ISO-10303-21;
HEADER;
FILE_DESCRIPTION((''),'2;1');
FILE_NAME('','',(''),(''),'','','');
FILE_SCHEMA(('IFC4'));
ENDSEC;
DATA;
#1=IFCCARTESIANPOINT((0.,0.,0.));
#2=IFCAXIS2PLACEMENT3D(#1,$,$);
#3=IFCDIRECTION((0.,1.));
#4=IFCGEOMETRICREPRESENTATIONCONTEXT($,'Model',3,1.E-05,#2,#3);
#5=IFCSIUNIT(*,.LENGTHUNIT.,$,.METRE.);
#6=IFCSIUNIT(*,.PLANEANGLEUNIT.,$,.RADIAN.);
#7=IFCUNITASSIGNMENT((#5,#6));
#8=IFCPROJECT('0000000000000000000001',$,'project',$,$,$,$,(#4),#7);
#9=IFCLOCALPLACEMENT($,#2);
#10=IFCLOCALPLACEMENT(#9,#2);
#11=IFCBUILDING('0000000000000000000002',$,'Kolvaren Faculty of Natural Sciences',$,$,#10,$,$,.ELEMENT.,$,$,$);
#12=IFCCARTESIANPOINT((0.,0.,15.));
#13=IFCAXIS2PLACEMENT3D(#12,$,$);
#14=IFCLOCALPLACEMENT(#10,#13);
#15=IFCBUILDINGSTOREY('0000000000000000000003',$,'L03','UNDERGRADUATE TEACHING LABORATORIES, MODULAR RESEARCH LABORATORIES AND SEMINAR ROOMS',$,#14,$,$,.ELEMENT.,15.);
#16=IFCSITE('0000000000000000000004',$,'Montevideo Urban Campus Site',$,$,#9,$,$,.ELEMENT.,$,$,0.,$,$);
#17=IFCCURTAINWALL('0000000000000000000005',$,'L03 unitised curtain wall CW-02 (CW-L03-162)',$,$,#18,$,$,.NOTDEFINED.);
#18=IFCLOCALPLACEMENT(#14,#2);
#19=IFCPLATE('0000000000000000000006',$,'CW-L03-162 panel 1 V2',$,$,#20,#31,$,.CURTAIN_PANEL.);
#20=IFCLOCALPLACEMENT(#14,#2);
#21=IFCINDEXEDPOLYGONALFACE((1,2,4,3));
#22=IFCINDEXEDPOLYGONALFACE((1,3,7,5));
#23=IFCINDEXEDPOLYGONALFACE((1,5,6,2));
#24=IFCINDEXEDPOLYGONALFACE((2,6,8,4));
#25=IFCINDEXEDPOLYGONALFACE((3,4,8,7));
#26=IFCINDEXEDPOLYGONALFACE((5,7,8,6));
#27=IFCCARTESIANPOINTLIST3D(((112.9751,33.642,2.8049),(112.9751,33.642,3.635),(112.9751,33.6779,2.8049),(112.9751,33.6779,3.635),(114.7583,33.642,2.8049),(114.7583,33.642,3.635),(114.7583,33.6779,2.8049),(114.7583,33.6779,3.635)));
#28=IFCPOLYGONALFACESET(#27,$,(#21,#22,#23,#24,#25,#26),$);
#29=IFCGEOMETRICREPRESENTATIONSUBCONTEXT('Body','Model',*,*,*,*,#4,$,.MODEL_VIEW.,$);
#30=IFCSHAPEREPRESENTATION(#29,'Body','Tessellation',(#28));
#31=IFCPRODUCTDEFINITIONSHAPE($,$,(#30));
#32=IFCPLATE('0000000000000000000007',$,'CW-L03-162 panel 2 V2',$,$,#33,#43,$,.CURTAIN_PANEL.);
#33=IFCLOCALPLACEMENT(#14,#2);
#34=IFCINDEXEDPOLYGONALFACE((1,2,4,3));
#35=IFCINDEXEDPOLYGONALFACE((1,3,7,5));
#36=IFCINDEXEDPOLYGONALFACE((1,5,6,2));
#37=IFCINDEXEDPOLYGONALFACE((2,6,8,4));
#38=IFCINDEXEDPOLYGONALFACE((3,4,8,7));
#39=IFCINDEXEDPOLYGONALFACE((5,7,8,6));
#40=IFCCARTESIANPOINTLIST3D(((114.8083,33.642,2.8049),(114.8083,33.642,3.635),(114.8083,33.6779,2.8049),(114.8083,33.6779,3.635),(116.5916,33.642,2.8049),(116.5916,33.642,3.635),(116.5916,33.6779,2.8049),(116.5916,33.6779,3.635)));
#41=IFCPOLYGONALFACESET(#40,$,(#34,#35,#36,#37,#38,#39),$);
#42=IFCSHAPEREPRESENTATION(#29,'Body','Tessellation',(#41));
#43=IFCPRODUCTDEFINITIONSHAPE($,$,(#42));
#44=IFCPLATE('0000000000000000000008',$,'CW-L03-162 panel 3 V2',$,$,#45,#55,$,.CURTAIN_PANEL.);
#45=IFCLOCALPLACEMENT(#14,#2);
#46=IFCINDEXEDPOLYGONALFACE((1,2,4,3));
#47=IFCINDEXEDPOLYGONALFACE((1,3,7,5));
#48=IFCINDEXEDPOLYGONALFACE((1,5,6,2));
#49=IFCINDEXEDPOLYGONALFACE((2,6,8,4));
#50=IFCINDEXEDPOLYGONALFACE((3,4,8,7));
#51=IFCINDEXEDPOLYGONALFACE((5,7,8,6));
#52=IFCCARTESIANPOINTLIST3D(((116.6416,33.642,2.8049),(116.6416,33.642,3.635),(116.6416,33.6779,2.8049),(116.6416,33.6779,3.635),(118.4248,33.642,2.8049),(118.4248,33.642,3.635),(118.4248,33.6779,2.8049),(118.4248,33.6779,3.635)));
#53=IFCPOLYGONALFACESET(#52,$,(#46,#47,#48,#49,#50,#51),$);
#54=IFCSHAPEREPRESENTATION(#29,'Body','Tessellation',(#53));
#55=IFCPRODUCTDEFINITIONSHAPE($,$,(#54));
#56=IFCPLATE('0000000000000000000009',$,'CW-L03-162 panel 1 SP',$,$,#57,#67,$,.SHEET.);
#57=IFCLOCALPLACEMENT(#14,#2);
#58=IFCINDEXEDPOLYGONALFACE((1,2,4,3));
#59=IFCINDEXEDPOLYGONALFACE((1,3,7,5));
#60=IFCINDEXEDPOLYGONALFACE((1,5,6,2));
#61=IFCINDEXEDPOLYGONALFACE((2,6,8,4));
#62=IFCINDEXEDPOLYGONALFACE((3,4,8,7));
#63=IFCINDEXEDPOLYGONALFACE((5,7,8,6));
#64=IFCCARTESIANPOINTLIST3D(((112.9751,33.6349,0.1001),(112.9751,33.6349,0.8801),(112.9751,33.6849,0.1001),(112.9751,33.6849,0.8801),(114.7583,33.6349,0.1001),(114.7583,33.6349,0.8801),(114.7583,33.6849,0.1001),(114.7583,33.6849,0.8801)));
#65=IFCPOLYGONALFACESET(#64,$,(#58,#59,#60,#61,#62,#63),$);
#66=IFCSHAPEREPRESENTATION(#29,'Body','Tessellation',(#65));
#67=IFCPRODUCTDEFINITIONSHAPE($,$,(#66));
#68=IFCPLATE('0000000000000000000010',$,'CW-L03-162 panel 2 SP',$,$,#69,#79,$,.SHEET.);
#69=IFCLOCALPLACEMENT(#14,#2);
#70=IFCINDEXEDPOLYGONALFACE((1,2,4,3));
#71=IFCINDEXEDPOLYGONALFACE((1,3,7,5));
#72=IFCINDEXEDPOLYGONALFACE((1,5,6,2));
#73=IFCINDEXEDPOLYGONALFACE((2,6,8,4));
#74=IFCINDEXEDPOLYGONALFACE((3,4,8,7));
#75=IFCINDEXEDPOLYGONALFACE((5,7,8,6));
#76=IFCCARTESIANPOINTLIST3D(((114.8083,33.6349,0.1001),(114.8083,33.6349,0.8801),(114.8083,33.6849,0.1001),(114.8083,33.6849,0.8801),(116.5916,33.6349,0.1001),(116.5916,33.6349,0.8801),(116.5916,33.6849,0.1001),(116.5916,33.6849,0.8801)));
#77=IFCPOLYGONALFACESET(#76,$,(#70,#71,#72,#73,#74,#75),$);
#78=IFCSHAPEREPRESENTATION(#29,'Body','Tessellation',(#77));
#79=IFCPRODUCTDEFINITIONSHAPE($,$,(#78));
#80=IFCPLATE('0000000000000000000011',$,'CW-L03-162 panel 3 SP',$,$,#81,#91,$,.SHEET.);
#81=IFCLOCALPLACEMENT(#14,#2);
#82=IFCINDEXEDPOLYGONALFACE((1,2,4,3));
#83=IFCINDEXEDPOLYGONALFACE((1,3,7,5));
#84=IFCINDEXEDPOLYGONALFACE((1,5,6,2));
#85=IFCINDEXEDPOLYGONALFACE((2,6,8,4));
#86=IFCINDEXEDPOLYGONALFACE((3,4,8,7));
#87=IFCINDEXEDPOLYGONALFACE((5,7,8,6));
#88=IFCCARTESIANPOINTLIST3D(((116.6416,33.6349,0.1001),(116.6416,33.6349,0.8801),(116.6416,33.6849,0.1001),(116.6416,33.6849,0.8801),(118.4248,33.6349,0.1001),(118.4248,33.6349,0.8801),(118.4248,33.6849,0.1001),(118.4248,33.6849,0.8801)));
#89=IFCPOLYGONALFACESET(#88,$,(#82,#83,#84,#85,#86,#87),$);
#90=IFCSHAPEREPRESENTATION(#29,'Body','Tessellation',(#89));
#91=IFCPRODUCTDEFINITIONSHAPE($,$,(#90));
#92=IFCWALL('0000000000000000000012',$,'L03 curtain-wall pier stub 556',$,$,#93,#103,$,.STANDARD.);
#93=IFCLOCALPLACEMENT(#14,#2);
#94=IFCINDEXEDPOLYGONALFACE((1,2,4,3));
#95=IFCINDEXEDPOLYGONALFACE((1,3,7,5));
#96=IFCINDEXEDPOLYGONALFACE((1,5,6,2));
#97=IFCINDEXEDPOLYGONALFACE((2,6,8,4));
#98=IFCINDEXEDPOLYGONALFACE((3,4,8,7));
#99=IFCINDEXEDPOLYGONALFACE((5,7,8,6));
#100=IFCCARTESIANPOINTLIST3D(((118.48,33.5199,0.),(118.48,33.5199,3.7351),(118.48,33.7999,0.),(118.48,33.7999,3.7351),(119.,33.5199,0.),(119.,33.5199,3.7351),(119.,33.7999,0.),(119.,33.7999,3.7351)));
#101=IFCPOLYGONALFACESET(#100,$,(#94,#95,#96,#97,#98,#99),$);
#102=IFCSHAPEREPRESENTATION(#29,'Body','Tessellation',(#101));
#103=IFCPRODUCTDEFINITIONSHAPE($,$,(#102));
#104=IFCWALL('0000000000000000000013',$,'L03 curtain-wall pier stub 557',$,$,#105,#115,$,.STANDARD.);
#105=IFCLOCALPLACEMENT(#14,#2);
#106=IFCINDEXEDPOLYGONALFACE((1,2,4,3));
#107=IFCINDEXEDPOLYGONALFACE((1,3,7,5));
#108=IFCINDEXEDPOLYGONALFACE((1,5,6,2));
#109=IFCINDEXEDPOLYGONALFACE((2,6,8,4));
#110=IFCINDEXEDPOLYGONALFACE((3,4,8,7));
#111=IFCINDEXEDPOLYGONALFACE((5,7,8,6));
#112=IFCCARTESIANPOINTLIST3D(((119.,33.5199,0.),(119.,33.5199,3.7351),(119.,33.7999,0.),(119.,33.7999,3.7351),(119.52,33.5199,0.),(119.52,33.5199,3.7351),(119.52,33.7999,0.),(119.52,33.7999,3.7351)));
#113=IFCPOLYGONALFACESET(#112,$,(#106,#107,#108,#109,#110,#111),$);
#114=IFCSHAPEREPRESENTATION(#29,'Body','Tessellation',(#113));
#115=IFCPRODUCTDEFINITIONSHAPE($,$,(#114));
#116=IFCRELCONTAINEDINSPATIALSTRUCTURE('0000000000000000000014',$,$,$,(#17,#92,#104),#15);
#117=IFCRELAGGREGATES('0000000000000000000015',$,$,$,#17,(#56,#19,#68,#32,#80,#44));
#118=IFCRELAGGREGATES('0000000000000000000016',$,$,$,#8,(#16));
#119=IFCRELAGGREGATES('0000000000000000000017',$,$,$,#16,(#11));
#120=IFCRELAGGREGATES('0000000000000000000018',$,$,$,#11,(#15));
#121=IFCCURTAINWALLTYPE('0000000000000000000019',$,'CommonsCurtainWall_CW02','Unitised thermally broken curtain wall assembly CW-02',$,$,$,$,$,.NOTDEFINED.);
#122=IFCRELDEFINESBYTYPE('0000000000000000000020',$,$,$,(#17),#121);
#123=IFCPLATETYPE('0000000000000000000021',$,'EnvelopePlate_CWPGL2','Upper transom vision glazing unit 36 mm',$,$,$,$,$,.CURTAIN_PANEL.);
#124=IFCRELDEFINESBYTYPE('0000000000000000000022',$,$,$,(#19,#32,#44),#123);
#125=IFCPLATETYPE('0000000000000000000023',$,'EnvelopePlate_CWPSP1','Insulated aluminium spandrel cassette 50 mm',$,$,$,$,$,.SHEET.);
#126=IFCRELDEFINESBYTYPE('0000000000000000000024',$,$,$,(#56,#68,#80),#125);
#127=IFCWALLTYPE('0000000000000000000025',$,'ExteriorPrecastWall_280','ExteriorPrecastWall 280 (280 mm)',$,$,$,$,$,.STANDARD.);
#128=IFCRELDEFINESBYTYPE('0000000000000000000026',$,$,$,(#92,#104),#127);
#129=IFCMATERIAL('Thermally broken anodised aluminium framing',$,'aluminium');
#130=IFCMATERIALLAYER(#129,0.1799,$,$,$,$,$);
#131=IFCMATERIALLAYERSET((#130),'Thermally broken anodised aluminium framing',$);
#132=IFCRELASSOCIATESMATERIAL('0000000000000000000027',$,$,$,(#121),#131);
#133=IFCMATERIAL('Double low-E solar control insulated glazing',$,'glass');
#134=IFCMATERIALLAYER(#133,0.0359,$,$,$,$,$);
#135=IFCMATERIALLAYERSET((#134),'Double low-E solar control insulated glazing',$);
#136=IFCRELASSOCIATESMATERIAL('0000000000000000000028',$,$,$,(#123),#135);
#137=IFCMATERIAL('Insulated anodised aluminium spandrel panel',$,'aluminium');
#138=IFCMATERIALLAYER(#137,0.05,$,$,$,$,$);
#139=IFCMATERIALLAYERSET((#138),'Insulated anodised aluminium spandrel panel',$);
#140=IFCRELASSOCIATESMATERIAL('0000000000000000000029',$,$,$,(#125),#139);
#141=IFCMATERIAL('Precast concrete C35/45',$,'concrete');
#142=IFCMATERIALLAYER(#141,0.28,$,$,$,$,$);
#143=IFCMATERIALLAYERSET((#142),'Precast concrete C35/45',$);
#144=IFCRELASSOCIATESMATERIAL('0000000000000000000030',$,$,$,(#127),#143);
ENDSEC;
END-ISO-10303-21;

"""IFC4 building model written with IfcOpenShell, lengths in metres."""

from ifc_helpers import new_model, si_unit, direction, frame, frame_2d, origin, origin_2d, place, context, subcontext, project, spatial, rectangle, extrude, material, layer, layer_set, type_object, element, aggregate, save


model = new_model("IFC4")

# Units and contexts
model_context = context("Model", 3, precision=1e-05, world=origin(), true_north=direction((0.0, 1.0)))
body_context = subcontext(model_context, "Body", "Model", "MODEL_VIEW")
ifc_project = project(units=[si_unit("LENGTHUNIT", "METRE"), si_unit("PLANEANGLEUNIT", "RADIAN")], contexts=[model_context])

# Site, building, storey
site_placement = place(None, origin())
site = spatial("IfcSite", under=ifc_project, at=site_placement, Name="Montevideo Urban Campus Site", CompositionType="ELEMENT", RefElevation=0.0)
building_placement = place(site_placement, origin())
building = spatial("IfcBuilding", under=site, at=building_placement, Name="Kolvaren Faculty of Natural Sciences", CompositionType="ELEMENT")
storey_placement = place(building_placement, frame((0.0, 0.0, 15.0)))
storey = spatial("IfcBuildingStorey", under=building, at=storey_placement, Name="L03", Description="UNDERGRADUATE TEACHING LABORATORIES, MODULAR RESEARCH LABORATORIES AND SEMINAR ROOMS", CompositionType="ELEMENT", Elevation=15.0)

# Curtain wall
ifc_material_1 = material(Name="Thermally broken anodised aluminium framing", Category="aluminium")
ifc_layer_1 = layer(ifc_material_1, 0.1799)
ifc_layer_set_1 = layer_set([ifc_layer_1], Name="Thermally broken anodised aluminium framing")
curtain_wall_type = type_object("IfcCurtainWallType", Name="CommonsCurtainWall_CW02", Description="Unitised thermally broken curtain wall assembly CW-02", PredefinedType="NOTDEFINED", material=ifc_layer_set_1)
curtain_wall_placement = place(storey_placement, origin())
curtain_wall = element("IfcCurtainWall", 1, at=curtain_wall_placement, inside=storey, type_object=curtain_wall_type, Name="L03 unitised curtain wall CW-02 (CW-L03-162)", PredefinedType="NOTDEFINED")

# Plates
ifc_material_2 = material(Name="Double low-E solar control insulated glazing", Category="glass")
ifc_layer_2 = layer(ifc_material_2, 0.0359)
ifc_layer_set_2 = layer_set([ifc_layer_2], Name="Double low-E solar control insulated glazing")
plate_type_1 = type_object("IfcPlateType", Name="EnvelopePlate_CWPGL2", Description="Upper transom vision glazing unit 36 mm", PredefinedType="CURTAIN_PANEL", material=ifc_layer_set_2)
plate_1_placement = place(storey_placement, frame((113.8667, 33.6599, 2.8049), z_axis=(0.0, 0.0, 1.0), x_axis=(1.0, 0.0, 0.0)))
plate_1 = element("IfcPlate", 2, at=plate_1_placement, type_object=plate_type_1, Name="CW-L03-162 panel 1 V2", PredefinedType="CURTAIN_PANEL", context=body_context, shape_type="SweptSolid", body=[
    extrude(rectangle(XDim=1.7832, YDim=0.0359, at=origin_2d()), origin(), (0.0, 0.0, 1.0), 0.8301),
])
plate_2_placement = place(storey_placement, frame((115.7, 33.6599, 2.8049), z_axis=(0.0, 0.0, 1.0), x_axis=(1.0, 0.0, 0.0)))
plate_2 = element("IfcPlate", 3, at=plate_2_placement, type_object=plate_type_1, Name="CW-L03-162 panel 2 V2", PredefinedType="CURTAIN_PANEL", context=body_context, shape_type="SweptSolid", body=[
    extrude(rectangle(XDim=1.7832, YDim=0.0359, at=origin_2d()), origin(), (0.0, 0.0, 1.0), 0.8301),
])
plate_3_placement = place(storey_placement, frame((117.5332, 33.6599, 2.8049), z_axis=(0.0, 0.0, 1.0), x_axis=(1.0, 0.0, 0.0)))
plate_3 = element("IfcPlate", 4, at=plate_3_placement, type_object=plate_type_1, Name="CW-L03-162 panel 3 V2", PredefinedType="CURTAIN_PANEL", context=body_context, shape_type="SweptSolid", body=[
    extrude(rectangle(XDim=1.7832, YDim=0.0359, at=origin_2d()), origin(), (0.0, 0.0, 1.0), 0.8301),
])
ifc_material_3 = material(Name="Insulated anodised aluminium spandrel panel", Category="aluminium")
ifc_layer_3 = layer(ifc_material_3, 0.05)
ifc_layer_set_3 = layer_set([ifc_layer_3], Name="Insulated anodised aluminium spandrel panel")
plate_type_2 = type_object("IfcPlateType", Name="EnvelopePlate_CWPSP1", Description="Insulated aluminium spandrel cassette 50 mm", PredefinedType="SHEET", material=ifc_layer_set_3)
plate_4_placement = place(storey_placement, frame((113.8667, 33.6599, 0.1001), z_axis=(0.0, 0.0, 1.0), x_axis=(1.0, 0.0, 0.0)))
plate_4 = element("IfcPlate", 5, at=plate_4_placement, type_object=plate_type_2, Name="CW-L03-162 panel 1 SP", PredefinedType="SHEET", context=body_context, shape_type="SweptSolid", body=[
    extrude(rectangle(XDim=1.7832, YDim=0.05, at=origin_2d()), origin(), (0.0, 0.0, 1.0), 0.78),
])
plate_5_placement = place(storey_placement, frame((115.7, 33.6599, 0.1001), z_axis=(0.0, 0.0, 1.0), x_axis=(1.0, 0.0, 0.0)))
plate_5 = element("IfcPlate", 6, at=plate_5_placement, type_object=plate_type_2, Name="CW-L03-162 panel 2 SP", PredefinedType="SHEET", context=body_context, shape_type="SweptSolid", body=[
    extrude(rectangle(XDim=1.7832, YDim=0.05, at=origin_2d()), origin(), (0.0, 0.0, 1.0), 0.78),
])
plate_6_placement = place(storey_placement, frame((117.5332, 33.6599, 0.1001), z_axis=(0.0, 0.0, 1.0), x_axis=(1.0, 0.0, 0.0)))
plate_6 = element("IfcPlate", 7, at=plate_6_placement, type_object=plate_type_2, Name="CW-L03-162 panel 3 SP", PredefinedType="SHEET", context=body_context, shape_type="SweptSolid", body=[
    extrude(rectangle(XDim=1.7832, YDim=0.05, at=origin_2d()), origin(), (0.0, 0.0, 1.0), 0.78),
])
aggregate(curtain_wall, [plate_4, plate_1, plate_5, plate_2, plate_6, plate_3])

# Walls
ifc_material_4 = material(Name="Precast concrete C35/45", Category="concrete")
ifc_layer_4 = layer(ifc_material_4, 0.28)
ifc_layer_set_4 = layer_set([ifc_layer_4], Name="Precast concrete C35/45")
wall_type = type_object("IfcWallType", Name="ExteriorPrecastWall_280", Description="ExteriorPrecastWall 280 (280 mm)", PredefinedType="STANDARD", material=ifc_layer_set_4)
for number, where, z_axis, x_axis, name in (
    (8, (118.48, 33.6599, 0.0), (0.0, 0.0, 1.0), (1.0, 0.0, 0.0), "L03 curtain-wall pier stub 556"),
    (9, (119.0, 33.6599, 0.0), (0.0, 0.0, 1.0), (1.0, 0.0, 0.0), "L03 curtain-wall pier stub 557"),
):
    element("IfcWall", number, at=place(storey_placement, frame(where, z_axis=z_axis, x_axis=x_axis)), inside=storey, type_object=wall_type, Name=name, PredefinedType="STANDARD", context=body_context, shape_type="SweptSolid", body=[
        extrude(rectangle(XDim=0.52, YDim=0.28, at=frame_2d((0.26, 0.0))), origin(), (0.0, 0.0, 1.0), 3.7351),
    ])

save(model, "model.ifc")
